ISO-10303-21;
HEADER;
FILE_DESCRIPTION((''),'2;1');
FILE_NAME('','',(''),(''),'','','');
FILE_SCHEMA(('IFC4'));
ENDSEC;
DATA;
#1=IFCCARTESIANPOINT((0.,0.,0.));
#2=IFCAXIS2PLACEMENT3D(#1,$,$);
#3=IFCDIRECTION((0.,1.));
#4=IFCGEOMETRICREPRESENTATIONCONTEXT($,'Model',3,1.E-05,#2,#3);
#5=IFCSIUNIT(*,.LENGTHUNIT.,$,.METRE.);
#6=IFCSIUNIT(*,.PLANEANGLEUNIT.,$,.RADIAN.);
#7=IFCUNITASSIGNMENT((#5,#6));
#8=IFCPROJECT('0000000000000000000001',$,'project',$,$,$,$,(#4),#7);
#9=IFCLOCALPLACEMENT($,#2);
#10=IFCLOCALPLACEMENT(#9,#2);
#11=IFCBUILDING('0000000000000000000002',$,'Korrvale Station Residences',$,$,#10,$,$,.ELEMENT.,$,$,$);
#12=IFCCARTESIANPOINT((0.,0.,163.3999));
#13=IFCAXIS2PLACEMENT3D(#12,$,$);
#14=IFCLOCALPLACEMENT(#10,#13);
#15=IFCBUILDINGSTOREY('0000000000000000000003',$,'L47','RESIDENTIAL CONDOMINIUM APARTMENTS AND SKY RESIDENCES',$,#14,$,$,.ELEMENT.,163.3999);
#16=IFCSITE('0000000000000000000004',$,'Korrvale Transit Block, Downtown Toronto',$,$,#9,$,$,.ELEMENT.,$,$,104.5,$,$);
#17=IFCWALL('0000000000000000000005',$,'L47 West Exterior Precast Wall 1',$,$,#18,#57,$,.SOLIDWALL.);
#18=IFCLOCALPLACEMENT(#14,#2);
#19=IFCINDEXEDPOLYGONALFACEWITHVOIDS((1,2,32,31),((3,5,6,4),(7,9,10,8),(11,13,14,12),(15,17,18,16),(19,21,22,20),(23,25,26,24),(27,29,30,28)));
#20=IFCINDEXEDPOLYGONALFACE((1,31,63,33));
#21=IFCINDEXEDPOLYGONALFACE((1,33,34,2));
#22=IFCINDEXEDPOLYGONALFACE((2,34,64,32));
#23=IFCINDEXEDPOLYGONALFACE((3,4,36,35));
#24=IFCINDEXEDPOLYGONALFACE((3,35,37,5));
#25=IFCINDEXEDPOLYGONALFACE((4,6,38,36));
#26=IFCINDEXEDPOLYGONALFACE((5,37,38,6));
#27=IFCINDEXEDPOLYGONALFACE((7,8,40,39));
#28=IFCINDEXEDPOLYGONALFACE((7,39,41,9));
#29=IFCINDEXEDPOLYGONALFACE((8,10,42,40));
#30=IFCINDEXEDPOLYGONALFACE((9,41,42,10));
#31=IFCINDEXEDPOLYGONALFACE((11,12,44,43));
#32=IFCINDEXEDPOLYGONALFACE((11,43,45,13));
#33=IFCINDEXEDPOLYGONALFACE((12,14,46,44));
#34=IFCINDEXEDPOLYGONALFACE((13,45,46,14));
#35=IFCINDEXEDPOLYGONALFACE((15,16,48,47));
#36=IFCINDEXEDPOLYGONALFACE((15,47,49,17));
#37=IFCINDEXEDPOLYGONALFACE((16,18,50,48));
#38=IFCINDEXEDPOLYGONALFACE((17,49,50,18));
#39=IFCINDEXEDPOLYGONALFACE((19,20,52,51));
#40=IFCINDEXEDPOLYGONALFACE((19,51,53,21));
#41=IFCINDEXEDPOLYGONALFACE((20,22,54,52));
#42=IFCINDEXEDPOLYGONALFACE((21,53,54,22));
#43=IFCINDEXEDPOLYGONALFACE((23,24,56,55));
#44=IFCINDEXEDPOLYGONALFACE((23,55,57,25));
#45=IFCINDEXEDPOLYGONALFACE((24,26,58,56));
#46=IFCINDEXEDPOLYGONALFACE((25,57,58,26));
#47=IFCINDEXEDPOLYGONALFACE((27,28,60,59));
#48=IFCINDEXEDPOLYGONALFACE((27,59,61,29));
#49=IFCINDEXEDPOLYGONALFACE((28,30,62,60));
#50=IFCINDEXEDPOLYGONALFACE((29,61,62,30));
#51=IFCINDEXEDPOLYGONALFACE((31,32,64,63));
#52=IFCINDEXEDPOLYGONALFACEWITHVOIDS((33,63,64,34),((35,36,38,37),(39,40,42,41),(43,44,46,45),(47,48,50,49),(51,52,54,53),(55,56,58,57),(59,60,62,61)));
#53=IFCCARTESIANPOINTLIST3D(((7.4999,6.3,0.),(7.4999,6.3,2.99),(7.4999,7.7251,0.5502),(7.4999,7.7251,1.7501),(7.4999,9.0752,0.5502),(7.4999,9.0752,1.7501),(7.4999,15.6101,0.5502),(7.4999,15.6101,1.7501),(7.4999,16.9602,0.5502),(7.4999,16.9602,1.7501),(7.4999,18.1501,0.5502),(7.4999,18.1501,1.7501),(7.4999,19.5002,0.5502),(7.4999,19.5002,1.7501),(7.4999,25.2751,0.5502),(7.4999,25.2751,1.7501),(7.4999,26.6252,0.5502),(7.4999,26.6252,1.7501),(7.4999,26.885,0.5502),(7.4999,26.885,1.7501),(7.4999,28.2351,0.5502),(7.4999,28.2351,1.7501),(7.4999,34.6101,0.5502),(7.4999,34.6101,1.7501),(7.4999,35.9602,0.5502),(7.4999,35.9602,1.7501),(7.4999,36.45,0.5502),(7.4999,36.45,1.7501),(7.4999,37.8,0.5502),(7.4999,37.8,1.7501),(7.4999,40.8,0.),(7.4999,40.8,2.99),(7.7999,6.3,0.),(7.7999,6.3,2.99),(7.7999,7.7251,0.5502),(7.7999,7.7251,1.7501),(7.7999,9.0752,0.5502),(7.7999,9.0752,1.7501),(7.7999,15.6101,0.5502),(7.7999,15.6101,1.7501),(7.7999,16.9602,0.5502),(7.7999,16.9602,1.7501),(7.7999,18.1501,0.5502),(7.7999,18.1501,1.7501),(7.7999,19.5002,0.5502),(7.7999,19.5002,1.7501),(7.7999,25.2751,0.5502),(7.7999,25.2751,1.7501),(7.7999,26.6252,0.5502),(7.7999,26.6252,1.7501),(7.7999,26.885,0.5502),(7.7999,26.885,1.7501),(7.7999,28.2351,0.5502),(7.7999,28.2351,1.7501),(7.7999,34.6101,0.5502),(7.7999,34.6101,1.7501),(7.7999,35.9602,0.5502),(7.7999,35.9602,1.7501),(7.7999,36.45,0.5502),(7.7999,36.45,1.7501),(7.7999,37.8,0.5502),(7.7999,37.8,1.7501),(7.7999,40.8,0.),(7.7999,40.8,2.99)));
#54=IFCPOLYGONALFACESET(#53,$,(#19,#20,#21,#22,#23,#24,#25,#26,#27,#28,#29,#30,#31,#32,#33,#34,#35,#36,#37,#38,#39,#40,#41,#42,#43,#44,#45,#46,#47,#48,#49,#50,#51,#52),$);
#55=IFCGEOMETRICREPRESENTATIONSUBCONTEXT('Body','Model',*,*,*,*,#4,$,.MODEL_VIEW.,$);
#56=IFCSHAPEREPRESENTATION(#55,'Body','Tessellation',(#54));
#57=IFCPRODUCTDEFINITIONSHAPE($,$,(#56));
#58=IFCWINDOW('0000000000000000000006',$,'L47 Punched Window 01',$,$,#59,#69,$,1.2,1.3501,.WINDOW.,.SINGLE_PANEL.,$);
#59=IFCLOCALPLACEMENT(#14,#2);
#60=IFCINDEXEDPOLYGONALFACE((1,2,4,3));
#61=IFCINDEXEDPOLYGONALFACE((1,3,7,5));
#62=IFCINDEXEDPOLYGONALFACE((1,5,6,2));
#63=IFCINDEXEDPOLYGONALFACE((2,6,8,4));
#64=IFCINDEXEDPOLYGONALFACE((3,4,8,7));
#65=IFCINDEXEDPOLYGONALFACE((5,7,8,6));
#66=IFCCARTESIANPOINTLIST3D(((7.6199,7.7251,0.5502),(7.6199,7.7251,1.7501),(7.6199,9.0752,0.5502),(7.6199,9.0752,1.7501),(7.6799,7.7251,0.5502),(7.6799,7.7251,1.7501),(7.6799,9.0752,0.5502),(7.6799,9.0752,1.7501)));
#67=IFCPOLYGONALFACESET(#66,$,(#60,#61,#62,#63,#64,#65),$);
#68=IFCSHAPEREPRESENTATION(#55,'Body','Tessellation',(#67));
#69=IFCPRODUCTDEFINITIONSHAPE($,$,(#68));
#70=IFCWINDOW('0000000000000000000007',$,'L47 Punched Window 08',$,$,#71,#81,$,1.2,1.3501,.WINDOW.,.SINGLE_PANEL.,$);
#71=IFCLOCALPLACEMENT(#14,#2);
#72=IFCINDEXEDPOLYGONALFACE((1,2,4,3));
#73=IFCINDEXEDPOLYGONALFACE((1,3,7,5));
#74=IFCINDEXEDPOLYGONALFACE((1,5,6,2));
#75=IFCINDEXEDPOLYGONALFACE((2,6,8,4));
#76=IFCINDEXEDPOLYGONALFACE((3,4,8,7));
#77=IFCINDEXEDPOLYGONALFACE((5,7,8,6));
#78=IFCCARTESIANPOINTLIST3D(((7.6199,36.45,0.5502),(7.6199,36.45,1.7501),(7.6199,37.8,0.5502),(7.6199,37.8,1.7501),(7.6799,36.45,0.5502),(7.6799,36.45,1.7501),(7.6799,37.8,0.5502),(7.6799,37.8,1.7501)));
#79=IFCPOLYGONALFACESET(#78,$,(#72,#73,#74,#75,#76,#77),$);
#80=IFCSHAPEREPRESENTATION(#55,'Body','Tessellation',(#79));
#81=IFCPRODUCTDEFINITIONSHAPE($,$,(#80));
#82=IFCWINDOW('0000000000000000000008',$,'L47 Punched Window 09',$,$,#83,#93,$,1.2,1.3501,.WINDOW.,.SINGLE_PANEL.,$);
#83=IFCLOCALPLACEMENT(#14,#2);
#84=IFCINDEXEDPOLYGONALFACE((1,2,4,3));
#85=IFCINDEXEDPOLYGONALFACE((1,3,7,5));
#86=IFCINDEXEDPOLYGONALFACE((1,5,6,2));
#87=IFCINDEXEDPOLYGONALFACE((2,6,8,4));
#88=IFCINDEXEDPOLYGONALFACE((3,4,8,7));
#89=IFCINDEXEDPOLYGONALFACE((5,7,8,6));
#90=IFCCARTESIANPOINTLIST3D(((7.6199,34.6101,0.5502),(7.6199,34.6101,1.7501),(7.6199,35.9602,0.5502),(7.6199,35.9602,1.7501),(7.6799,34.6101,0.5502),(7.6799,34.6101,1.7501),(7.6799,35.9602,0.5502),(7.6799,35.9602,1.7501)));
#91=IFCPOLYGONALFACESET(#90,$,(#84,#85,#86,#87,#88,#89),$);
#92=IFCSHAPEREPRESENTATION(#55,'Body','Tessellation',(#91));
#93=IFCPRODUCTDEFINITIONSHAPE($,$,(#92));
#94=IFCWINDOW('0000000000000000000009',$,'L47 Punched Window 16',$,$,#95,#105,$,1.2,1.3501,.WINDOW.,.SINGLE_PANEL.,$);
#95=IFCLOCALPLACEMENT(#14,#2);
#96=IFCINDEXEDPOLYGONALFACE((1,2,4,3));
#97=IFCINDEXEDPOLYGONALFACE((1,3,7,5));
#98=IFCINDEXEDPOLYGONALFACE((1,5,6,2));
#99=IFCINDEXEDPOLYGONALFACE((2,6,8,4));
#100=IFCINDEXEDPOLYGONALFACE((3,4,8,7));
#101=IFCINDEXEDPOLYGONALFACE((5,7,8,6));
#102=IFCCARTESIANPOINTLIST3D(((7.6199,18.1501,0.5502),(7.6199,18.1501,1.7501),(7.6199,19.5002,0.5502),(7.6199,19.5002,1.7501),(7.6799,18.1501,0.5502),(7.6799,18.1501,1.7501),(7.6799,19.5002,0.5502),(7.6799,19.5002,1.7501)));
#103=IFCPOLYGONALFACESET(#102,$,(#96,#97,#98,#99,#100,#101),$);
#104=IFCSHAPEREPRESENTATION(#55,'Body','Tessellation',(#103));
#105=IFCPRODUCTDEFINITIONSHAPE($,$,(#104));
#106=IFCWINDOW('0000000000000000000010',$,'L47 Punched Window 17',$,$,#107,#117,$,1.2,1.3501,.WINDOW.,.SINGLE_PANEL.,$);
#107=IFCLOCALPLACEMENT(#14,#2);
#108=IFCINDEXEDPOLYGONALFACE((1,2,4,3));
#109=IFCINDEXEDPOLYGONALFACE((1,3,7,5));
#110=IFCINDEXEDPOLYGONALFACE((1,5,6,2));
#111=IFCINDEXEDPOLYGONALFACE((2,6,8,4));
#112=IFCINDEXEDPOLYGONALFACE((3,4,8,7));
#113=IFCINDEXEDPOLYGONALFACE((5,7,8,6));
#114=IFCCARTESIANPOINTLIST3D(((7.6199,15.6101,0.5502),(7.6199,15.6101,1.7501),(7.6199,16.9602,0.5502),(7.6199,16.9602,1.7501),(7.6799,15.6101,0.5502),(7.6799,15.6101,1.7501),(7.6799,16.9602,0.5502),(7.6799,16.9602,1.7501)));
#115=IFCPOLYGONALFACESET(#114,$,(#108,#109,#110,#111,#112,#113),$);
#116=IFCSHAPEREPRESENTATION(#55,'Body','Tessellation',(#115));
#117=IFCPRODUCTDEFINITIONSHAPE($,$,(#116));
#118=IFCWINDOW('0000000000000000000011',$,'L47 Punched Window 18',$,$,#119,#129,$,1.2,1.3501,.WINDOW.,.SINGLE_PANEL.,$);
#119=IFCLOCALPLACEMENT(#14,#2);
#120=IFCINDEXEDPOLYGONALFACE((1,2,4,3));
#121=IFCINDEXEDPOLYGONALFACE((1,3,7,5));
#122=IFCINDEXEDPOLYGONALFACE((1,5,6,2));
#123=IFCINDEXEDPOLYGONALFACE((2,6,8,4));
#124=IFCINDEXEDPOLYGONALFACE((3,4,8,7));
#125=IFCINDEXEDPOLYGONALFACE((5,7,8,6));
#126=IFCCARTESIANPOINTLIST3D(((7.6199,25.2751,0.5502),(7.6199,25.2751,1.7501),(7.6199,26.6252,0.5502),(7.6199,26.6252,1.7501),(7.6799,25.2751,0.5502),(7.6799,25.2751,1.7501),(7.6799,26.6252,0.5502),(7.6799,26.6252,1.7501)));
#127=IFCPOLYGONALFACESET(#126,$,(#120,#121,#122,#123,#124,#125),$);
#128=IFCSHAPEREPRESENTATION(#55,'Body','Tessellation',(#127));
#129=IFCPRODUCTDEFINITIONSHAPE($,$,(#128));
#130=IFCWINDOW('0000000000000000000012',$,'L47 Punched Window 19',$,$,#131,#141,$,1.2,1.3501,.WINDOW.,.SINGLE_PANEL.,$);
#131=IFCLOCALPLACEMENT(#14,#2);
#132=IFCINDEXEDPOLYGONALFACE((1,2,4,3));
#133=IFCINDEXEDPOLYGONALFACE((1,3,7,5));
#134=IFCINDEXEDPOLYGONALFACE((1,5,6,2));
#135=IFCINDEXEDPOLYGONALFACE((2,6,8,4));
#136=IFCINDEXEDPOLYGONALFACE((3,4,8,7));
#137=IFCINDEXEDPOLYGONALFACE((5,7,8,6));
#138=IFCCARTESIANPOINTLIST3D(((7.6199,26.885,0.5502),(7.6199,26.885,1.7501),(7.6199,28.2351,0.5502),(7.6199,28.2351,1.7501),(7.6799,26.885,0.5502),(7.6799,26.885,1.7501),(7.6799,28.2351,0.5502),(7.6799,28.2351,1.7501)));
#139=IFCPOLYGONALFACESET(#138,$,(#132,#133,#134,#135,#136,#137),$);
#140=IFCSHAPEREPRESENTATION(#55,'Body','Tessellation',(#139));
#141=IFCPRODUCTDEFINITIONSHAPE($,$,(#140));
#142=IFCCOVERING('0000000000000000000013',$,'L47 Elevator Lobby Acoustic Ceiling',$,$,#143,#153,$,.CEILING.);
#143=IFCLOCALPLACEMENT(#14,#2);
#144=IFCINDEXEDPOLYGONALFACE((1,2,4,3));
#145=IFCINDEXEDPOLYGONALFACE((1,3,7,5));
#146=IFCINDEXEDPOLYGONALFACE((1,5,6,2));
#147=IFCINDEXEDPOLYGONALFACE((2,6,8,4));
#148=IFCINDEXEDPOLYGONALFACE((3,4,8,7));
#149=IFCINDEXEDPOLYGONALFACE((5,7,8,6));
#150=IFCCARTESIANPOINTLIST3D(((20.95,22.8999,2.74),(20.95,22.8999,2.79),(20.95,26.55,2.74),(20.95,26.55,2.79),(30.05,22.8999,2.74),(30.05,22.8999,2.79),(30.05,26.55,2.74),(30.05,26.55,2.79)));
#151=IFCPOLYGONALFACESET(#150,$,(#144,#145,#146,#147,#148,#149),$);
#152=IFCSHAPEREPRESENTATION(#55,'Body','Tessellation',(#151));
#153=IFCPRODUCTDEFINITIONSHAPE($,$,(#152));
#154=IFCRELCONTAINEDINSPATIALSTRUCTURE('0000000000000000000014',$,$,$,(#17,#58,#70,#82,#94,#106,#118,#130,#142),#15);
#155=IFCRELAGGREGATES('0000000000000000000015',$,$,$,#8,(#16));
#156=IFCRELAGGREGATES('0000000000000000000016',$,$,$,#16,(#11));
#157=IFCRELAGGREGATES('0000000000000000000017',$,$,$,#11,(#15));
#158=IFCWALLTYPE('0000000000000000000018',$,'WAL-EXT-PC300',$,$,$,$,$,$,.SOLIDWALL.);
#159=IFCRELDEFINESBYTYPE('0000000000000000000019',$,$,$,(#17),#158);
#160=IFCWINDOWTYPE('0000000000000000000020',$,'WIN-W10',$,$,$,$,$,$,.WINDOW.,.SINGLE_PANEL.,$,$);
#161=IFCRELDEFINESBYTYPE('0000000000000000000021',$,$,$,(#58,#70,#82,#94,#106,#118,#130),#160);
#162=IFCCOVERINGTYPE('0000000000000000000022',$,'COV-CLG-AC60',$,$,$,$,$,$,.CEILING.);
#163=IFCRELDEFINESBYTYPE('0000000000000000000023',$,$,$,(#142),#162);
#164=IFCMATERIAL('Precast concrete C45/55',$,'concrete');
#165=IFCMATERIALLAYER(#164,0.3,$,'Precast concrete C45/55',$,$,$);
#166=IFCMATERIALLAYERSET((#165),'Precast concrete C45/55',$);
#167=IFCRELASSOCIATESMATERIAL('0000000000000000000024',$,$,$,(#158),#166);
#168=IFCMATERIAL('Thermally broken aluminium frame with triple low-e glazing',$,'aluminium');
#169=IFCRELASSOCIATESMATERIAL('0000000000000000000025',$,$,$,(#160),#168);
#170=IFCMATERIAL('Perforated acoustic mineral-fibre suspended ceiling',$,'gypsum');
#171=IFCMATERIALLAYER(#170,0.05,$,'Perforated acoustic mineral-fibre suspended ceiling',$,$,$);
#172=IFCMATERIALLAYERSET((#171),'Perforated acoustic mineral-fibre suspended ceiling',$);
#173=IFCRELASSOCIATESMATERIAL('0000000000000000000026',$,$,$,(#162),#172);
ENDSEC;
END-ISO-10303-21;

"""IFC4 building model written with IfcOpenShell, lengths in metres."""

from ifc_helpers import new_model, si_unit, direction, frame, frame_2d, origin, place, context, subcontext, project, spatial, polyline, rectangle, outline, extrude, material, layer, layer_set, type_object, element, fill, save


model = new_model("IFC4")

# Units and contexts
model_context = context("Model", 3, precision=1e-05, world=origin(), true_north=direction((0.0, 1.0)))
body_context = subcontext(model_context, "Body", "Model", "MODEL_VIEW")
ifc_project = project(units=[si_unit("LENGTHUNIT", "METRE"), si_unit("PLANEANGLEUNIT", "RADIAN")], contexts=[model_context])

# Site, building, storey
site_placement = place(None, origin())
site = spatial("IfcSite", under=ifc_project, at=site_placement, Name="Korrvale Transit Block, Downtown Toronto", CompositionType="ELEMENT", RefElevation=104.5)
building_placement = place(site_placement, origin())
building = spatial("IfcBuilding", under=site, at=building_placement, Name="Korrvale Station Residences", CompositionType="ELEMENT")
storey_placement = place(building_placement, frame((0.0, 0.0, 163.3999)))
storey = spatial("IfcBuildingStorey", under=building, at=storey_placement, Name="L47", Description="RESIDENTIAL CONDOMINIUM APARTMENTS AND SKY RESIDENCES", CompositionType="ELEMENT", Elevation=163.3999)

# Shared definitions
ifc_material_1 = material(Name="Precast concrete C45/55", Category="concrete")
ifc_layer_1 = layer(ifc_material_1, 0.3, Name="Precast concrete C45/55")
ifc_layer_set_1 = layer_set([ifc_layer_1], Name="Precast concrete C45/55")
wall_type_1 = type_object("IfcWallType", Name="WAL-EXT-PC300", PredefinedType="SOLIDWALL", material=ifc_layer_set_1)

# Wall, openings, windows
wall_1_placement = place(storey_placement, frame((7.6499, 6.3, 0.0), z_axis=(0.0, 0.0, 1.0), x_axis=(0.0, 1.0, 0.0)))
wall_1 = element("IfcWall", 1, at=wall_1_placement, inside=storey, type_object=wall_type_1, Name="L47 West Exterior Precast Wall 1", PredefinedType="SOLIDWALL", context=body_context, shape_type="SweptSolid", body=[
    extrude(rectangle(XDim=34.5, YDim=0.3, at=frame_2d((17.25, 0.0))), origin(), (0.0, 0.0, 1.0), 2.99),
])
opening_1_placement = place(wall_1_placement, frame((1.425, 0.0, 0.55)))
opening_1 = element("IfcOpeningElement", 2, at=opening_1_placement, cuts=wall_1, PredefinedType="OPENING", context=body_context, shape_type="SweptSolid", body=[
    extrude(rectangle(XDim=1.3501, YDim=1.2, at=frame_2d((0.675, 0.6001))), frame((0.0, 0.1602, 0.0), z_axis=(0.0, -1.0, 0.0), x_axis=(1.0, 0.0, 0.0)), (0.0, 0.0, 1.0), 0.3201),
])
opening_2_placement = place(wall_1_placement, frame((30.1499, 0.0, 0.55)))
opening_2 = element("IfcOpeningElement", 3, at=opening_2_placement, cuts=wall_1, PredefinedType="OPENING", context=body_context, shape_type="SweptSolid", body=[
    extrude(rectangle(XDim=1.3501, YDim=1.2, at=frame_2d((0.675, 0.6001))), frame((0.0, 0.1602, 0.0), z_axis=(0.0, -1.0, 0.0), x_axis=(1.0, 0.0, 0.0)), (0.0, 0.0, 1.0), 0.3201),
])
opening_3_placement = place(wall_1_placement, frame((28.3101, 0.0, 0.55)))
opening_3 = element("IfcOpeningElement", 4, at=opening_3_placement, cuts=wall_1, PredefinedType="OPENING", context=body_context, shape_type="SweptSolid", body=[
    extrude(rectangle(XDim=1.3501, YDim=1.2, at=frame_2d((0.675, 0.6001))), frame((0.0, 0.1602, 0.0), z_axis=(0.0, -1.0, 0.0), x_axis=(1.0, 0.0, 0.0)), (0.0, 0.0, 1.0), 0.3201),
])
opening_4_placement = place(wall_1_placement, frame((11.8501, 0.0, 0.55)))
opening_4 = element("IfcOpeningElement", 5, at=opening_4_placement, cuts=wall_1, PredefinedType="OPENING", context=body_context, shape_type="SweptSolid", body=[
    extrude(rectangle(XDim=1.3501, YDim=1.2, at=frame_2d((0.675, 0.6001))), frame((0.0, 0.1602, 0.0), z_axis=(0.0, -1.0, 0.0), x_axis=(1.0, 0.0, 0.0)), (0.0, 0.0, 1.0), 0.3201),
])
opening_5_placement = place(wall_1_placement, frame((9.3101, 0.0, 0.55)))
opening_5 = element("IfcOpeningElement", 6, at=opening_5_placement, cuts=wall_1, PredefinedType="OPENING", context=body_context, shape_type="SweptSolid", body=[
    extrude(rectangle(XDim=1.3501, YDim=1.2, at=frame_2d((0.675, 0.6001))), frame((0.0, 0.1602, 0.0), z_axis=(0.0, -1.0, 0.0), x_axis=(1.0, 0.0, 0.0)), (0.0, 0.0, 1.0), 0.3201),
])
opening_6_placement = place(wall_1_placement, frame((18.9751, 0.0, 0.55)))
opening_6 = element("IfcOpeningElement", 7, at=opening_6_placement, cuts=wall_1, PredefinedType="OPENING", context=body_context, shape_type="SweptSolid", body=[
    extrude(rectangle(XDim=1.3501, YDim=1.2, at=frame_2d((0.675, 0.6001))), frame((0.0, 0.1602, 0.0), z_axis=(0.0, -1.0, 0.0), x_axis=(1.0, 0.0, 0.0)), (0.0, 0.0, 1.0), 0.3201),
])
opening_7_placement = place(wall_1_placement, frame((20.585, 0.0, 0.55)))
opening_7 = element("IfcOpeningElement", 8, at=opening_7_placement, cuts=wall_1, PredefinedType="OPENING", context=body_context, shape_type="SweptSolid", body=[
    extrude(rectangle(XDim=1.3501, YDim=1.2, at=frame_2d((0.675, 0.6001))), frame((0.0, 0.1602, 0.0), z_axis=(0.0, -1.0, 0.0), x_axis=(1.0, 0.0, 0.0)), (0.0, 0.0, 1.0), 0.3201),
])
ifc_material_2 = material(Name="Thermally broken aluminium frame with triple low-e glazing", Category="aluminium")
window_type = type_object("IfcWindowType", Name="WIN-W10", PartitioningType="SINGLE_PANEL", PredefinedType="WINDOW", material=ifc_material_2)
window_1_placement = place(opening_1_placement, origin())
window_1 = element("IfcWindow", 9, at=window_1_placement, inside=storey, type_object=window_type, Name="L47 Punched Window 01", OverallHeight=1.2, OverallWidth=1.3501, PartitioningType="SINGLE_PANEL", PredefinedType="WINDOW", context=body_context, shape_type="SweptSolid", body=[
    extrude(rectangle(XDim=1.3501, YDim=1.2, at=frame_2d((0.675, 0.6001))), frame((0.0, 0.03, 0.0), z_axis=(0.0, -1.0, 0.0), x_axis=(1.0, 0.0, 0.0)), (0.0, 0.0, 1.0), 0.0601),
])
fill(opening_1, window_1)
window_2_placement = place(opening_2_placement, origin())
window_2 = element("IfcWindow", 10, at=window_2_placement, inside=storey, type_object=window_type, Name="L47 Punched Window 08", OverallHeight=1.2, OverallWidth=1.3501, PartitioningType="SINGLE_PANEL", PredefinedType="WINDOW", context=body_context, shape_type="SweptSolid", body=[
    extrude(rectangle(XDim=1.3501, YDim=1.2, at=frame_2d((0.675, 0.6001))), frame((0.0, 0.03, 0.0), z_axis=(0.0, -1.0, 0.0), x_axis=(1.0, 0.0, 0.0)), (0.0, 0.0, 1.0), 0.0601),
])
fill(opening_2, window_2)
window_3_placement = place(opening_3_placement, origin())
window_3 = element("IfcWindow", 11, at=window_3_placement, inside=storey, type_object=window_type, Name="L47 Punched Window 09", OverallHeight=1.2, OverallWidth=1.3501, PartitioningType="SINGLE_PANEL", PredefinedType="WINDOW", context=body_context, shape_type="SweptSolid", body=[
    extrude(rectangle(XDim=1.3501, YDim=1.2, at=frame_2d((0.675, 0.6001))), frame((0.0, 0.03, 0.0), z_axis=(0.0, -1.0, 0.0), x_axis=(1.0, 0.0, 0.0)), (0.0, 0.0, 1.0), 0.0601),
])
fill(opening_3, window_3)
window_4_placement = place(opening_4_placement, origin())
window_4 = element("IfcWindow", 12, at=window_4_placement, inside=storey, type_object=window_type, Name="L47 Punched Window 16", OverallHeight=1.2, OverallWidth=1.3501, PartitioningType="SINGLE_PANEL", PredefinedType="WINDOW", context=body_context, shape_type="SweptSolid", body=[
    extrude(rectangle(XDim=1.3501, YDim=1.2, at=frame_2d((0.675, 0.6001))), frame((0.0, 0.03, 0.0), z_axis=(0.0, -1.0, 0.0), x_axis=(1.0, 0.0, 0.0)), (0.0, 0.0, 1.0), 0.0601),
])
fill(opening_4, window_4)
window_5_placement = place(opening_5_placement, origin())
window_5 = element("IfcWindow", 13, at=window_5_placement, inside=storey, type_object=window_type, Name="L47 Punched Window 17", OverallHeight=1.2, OverallWidth=1.3501, PartitioningType="SINGLE_PANEL", PredefinedType="WINDOW", context=body_context, shape_type="SweptSolid", body=[
    extrude(rectangle(XDim=1.3501, YDim=1.2, at=frame_2d((0.675, 0.6001))), frame((0.0, 0.03, 0.0), z_axis=(0.0, -1.0, 0.0), x_axis=(1.0, 0.0, 0.0)), (0.0, 0.0, 1.0), 0.0601),
])
fill(opening_5, window_5)
window_6_placement = place(opening_6_placement, origin())
window_6 = element("IfcWindow", 14, at=window_6_placement, inside=storey, type_object=window_type, Name="L47 Punched Window 18", OverallHeight=1.2, OverallWidth=1.3501, PartitioningType="SINGLE_PANEL", PredefinedType="WINDOW", context=body_context, shape_type="SweptSolid", body=[
    extrude(rectangle(XDim=1.3501, YDim=1.2, at=frame_2d((0.675, 0.6001))), frame((0.0, 0.03, 0.0), z_axis=(0.0, -1.0, 0.0), x_axis=(1.0, 0.0, 0.0)), (0.0, 0.0, 1.0), 0.0601),
])
fill(opening_6, window_6)
window_7_placement = place(opening_7_placement, origin())
window_7 = element("IfcWindow", 15, at=window_7_placement, inside=storey, type_object=window_type, Name="L47 Punched Window 19", OverallHeight=1.2, OverallWidth=1.3501, PartitioningType="SINGLE_PANEL", PredefinedType="WINDOW", context=body_context, shape_type="SweptSolid", body=[
    extrude(rectangle(XDim=1.3501, YDim=1.2, at=frame_2d((0.675, 0.6001))), frame((0.0, 0.03, 0.0), z_axis=(0.0, -1.0, 0.0), x_axis=(1.0, 0.0, 0.0)), (0.0, 0.0, 1.0), 0.0601),
])
fill(opening_7, window_7)

# Covering
ifc_material_3 = material(Name="Perforated acoustic mineral-fibre suspended ceiling", Category="gypsum")
ifc_layer_2 = layer(ifc_material_3, 0.05, Name="Perforated acoustic mineral-fibre suspended ceiling")
ifc_layer_set_2 = layer_set([ifc_layer_2], Name="Perforated acoustic mineral-fibre suspended ceiling")
covering_type_1 = type_object("IfcCoveringType", Name="COV-CLG-AC60", PredefinedType="CEILING", material=ifc_layer_set_2)
covering_1_placement = place(storey_placement, frame((0.0, 0.0, 2.74)))
element("IfcCovering", 16, at=covering_1_placement, inside=storey, type_object=covering_type_1, Name="L47 Elevator Lobby Acoustic Ceiling", PredefinedType="CEILING", context=body_context, shape_type="SweptSolid", body=[
    extrude(outline(polyline([(20.95, 22.8999), (30.05, 22.8999), (30.05, 26.55), (20.95, 26.55), (20.95, 22.8999)])), origin(), (0.0, 0.0, 1.0), 0.05),
])

save(model, "model.ifc")
